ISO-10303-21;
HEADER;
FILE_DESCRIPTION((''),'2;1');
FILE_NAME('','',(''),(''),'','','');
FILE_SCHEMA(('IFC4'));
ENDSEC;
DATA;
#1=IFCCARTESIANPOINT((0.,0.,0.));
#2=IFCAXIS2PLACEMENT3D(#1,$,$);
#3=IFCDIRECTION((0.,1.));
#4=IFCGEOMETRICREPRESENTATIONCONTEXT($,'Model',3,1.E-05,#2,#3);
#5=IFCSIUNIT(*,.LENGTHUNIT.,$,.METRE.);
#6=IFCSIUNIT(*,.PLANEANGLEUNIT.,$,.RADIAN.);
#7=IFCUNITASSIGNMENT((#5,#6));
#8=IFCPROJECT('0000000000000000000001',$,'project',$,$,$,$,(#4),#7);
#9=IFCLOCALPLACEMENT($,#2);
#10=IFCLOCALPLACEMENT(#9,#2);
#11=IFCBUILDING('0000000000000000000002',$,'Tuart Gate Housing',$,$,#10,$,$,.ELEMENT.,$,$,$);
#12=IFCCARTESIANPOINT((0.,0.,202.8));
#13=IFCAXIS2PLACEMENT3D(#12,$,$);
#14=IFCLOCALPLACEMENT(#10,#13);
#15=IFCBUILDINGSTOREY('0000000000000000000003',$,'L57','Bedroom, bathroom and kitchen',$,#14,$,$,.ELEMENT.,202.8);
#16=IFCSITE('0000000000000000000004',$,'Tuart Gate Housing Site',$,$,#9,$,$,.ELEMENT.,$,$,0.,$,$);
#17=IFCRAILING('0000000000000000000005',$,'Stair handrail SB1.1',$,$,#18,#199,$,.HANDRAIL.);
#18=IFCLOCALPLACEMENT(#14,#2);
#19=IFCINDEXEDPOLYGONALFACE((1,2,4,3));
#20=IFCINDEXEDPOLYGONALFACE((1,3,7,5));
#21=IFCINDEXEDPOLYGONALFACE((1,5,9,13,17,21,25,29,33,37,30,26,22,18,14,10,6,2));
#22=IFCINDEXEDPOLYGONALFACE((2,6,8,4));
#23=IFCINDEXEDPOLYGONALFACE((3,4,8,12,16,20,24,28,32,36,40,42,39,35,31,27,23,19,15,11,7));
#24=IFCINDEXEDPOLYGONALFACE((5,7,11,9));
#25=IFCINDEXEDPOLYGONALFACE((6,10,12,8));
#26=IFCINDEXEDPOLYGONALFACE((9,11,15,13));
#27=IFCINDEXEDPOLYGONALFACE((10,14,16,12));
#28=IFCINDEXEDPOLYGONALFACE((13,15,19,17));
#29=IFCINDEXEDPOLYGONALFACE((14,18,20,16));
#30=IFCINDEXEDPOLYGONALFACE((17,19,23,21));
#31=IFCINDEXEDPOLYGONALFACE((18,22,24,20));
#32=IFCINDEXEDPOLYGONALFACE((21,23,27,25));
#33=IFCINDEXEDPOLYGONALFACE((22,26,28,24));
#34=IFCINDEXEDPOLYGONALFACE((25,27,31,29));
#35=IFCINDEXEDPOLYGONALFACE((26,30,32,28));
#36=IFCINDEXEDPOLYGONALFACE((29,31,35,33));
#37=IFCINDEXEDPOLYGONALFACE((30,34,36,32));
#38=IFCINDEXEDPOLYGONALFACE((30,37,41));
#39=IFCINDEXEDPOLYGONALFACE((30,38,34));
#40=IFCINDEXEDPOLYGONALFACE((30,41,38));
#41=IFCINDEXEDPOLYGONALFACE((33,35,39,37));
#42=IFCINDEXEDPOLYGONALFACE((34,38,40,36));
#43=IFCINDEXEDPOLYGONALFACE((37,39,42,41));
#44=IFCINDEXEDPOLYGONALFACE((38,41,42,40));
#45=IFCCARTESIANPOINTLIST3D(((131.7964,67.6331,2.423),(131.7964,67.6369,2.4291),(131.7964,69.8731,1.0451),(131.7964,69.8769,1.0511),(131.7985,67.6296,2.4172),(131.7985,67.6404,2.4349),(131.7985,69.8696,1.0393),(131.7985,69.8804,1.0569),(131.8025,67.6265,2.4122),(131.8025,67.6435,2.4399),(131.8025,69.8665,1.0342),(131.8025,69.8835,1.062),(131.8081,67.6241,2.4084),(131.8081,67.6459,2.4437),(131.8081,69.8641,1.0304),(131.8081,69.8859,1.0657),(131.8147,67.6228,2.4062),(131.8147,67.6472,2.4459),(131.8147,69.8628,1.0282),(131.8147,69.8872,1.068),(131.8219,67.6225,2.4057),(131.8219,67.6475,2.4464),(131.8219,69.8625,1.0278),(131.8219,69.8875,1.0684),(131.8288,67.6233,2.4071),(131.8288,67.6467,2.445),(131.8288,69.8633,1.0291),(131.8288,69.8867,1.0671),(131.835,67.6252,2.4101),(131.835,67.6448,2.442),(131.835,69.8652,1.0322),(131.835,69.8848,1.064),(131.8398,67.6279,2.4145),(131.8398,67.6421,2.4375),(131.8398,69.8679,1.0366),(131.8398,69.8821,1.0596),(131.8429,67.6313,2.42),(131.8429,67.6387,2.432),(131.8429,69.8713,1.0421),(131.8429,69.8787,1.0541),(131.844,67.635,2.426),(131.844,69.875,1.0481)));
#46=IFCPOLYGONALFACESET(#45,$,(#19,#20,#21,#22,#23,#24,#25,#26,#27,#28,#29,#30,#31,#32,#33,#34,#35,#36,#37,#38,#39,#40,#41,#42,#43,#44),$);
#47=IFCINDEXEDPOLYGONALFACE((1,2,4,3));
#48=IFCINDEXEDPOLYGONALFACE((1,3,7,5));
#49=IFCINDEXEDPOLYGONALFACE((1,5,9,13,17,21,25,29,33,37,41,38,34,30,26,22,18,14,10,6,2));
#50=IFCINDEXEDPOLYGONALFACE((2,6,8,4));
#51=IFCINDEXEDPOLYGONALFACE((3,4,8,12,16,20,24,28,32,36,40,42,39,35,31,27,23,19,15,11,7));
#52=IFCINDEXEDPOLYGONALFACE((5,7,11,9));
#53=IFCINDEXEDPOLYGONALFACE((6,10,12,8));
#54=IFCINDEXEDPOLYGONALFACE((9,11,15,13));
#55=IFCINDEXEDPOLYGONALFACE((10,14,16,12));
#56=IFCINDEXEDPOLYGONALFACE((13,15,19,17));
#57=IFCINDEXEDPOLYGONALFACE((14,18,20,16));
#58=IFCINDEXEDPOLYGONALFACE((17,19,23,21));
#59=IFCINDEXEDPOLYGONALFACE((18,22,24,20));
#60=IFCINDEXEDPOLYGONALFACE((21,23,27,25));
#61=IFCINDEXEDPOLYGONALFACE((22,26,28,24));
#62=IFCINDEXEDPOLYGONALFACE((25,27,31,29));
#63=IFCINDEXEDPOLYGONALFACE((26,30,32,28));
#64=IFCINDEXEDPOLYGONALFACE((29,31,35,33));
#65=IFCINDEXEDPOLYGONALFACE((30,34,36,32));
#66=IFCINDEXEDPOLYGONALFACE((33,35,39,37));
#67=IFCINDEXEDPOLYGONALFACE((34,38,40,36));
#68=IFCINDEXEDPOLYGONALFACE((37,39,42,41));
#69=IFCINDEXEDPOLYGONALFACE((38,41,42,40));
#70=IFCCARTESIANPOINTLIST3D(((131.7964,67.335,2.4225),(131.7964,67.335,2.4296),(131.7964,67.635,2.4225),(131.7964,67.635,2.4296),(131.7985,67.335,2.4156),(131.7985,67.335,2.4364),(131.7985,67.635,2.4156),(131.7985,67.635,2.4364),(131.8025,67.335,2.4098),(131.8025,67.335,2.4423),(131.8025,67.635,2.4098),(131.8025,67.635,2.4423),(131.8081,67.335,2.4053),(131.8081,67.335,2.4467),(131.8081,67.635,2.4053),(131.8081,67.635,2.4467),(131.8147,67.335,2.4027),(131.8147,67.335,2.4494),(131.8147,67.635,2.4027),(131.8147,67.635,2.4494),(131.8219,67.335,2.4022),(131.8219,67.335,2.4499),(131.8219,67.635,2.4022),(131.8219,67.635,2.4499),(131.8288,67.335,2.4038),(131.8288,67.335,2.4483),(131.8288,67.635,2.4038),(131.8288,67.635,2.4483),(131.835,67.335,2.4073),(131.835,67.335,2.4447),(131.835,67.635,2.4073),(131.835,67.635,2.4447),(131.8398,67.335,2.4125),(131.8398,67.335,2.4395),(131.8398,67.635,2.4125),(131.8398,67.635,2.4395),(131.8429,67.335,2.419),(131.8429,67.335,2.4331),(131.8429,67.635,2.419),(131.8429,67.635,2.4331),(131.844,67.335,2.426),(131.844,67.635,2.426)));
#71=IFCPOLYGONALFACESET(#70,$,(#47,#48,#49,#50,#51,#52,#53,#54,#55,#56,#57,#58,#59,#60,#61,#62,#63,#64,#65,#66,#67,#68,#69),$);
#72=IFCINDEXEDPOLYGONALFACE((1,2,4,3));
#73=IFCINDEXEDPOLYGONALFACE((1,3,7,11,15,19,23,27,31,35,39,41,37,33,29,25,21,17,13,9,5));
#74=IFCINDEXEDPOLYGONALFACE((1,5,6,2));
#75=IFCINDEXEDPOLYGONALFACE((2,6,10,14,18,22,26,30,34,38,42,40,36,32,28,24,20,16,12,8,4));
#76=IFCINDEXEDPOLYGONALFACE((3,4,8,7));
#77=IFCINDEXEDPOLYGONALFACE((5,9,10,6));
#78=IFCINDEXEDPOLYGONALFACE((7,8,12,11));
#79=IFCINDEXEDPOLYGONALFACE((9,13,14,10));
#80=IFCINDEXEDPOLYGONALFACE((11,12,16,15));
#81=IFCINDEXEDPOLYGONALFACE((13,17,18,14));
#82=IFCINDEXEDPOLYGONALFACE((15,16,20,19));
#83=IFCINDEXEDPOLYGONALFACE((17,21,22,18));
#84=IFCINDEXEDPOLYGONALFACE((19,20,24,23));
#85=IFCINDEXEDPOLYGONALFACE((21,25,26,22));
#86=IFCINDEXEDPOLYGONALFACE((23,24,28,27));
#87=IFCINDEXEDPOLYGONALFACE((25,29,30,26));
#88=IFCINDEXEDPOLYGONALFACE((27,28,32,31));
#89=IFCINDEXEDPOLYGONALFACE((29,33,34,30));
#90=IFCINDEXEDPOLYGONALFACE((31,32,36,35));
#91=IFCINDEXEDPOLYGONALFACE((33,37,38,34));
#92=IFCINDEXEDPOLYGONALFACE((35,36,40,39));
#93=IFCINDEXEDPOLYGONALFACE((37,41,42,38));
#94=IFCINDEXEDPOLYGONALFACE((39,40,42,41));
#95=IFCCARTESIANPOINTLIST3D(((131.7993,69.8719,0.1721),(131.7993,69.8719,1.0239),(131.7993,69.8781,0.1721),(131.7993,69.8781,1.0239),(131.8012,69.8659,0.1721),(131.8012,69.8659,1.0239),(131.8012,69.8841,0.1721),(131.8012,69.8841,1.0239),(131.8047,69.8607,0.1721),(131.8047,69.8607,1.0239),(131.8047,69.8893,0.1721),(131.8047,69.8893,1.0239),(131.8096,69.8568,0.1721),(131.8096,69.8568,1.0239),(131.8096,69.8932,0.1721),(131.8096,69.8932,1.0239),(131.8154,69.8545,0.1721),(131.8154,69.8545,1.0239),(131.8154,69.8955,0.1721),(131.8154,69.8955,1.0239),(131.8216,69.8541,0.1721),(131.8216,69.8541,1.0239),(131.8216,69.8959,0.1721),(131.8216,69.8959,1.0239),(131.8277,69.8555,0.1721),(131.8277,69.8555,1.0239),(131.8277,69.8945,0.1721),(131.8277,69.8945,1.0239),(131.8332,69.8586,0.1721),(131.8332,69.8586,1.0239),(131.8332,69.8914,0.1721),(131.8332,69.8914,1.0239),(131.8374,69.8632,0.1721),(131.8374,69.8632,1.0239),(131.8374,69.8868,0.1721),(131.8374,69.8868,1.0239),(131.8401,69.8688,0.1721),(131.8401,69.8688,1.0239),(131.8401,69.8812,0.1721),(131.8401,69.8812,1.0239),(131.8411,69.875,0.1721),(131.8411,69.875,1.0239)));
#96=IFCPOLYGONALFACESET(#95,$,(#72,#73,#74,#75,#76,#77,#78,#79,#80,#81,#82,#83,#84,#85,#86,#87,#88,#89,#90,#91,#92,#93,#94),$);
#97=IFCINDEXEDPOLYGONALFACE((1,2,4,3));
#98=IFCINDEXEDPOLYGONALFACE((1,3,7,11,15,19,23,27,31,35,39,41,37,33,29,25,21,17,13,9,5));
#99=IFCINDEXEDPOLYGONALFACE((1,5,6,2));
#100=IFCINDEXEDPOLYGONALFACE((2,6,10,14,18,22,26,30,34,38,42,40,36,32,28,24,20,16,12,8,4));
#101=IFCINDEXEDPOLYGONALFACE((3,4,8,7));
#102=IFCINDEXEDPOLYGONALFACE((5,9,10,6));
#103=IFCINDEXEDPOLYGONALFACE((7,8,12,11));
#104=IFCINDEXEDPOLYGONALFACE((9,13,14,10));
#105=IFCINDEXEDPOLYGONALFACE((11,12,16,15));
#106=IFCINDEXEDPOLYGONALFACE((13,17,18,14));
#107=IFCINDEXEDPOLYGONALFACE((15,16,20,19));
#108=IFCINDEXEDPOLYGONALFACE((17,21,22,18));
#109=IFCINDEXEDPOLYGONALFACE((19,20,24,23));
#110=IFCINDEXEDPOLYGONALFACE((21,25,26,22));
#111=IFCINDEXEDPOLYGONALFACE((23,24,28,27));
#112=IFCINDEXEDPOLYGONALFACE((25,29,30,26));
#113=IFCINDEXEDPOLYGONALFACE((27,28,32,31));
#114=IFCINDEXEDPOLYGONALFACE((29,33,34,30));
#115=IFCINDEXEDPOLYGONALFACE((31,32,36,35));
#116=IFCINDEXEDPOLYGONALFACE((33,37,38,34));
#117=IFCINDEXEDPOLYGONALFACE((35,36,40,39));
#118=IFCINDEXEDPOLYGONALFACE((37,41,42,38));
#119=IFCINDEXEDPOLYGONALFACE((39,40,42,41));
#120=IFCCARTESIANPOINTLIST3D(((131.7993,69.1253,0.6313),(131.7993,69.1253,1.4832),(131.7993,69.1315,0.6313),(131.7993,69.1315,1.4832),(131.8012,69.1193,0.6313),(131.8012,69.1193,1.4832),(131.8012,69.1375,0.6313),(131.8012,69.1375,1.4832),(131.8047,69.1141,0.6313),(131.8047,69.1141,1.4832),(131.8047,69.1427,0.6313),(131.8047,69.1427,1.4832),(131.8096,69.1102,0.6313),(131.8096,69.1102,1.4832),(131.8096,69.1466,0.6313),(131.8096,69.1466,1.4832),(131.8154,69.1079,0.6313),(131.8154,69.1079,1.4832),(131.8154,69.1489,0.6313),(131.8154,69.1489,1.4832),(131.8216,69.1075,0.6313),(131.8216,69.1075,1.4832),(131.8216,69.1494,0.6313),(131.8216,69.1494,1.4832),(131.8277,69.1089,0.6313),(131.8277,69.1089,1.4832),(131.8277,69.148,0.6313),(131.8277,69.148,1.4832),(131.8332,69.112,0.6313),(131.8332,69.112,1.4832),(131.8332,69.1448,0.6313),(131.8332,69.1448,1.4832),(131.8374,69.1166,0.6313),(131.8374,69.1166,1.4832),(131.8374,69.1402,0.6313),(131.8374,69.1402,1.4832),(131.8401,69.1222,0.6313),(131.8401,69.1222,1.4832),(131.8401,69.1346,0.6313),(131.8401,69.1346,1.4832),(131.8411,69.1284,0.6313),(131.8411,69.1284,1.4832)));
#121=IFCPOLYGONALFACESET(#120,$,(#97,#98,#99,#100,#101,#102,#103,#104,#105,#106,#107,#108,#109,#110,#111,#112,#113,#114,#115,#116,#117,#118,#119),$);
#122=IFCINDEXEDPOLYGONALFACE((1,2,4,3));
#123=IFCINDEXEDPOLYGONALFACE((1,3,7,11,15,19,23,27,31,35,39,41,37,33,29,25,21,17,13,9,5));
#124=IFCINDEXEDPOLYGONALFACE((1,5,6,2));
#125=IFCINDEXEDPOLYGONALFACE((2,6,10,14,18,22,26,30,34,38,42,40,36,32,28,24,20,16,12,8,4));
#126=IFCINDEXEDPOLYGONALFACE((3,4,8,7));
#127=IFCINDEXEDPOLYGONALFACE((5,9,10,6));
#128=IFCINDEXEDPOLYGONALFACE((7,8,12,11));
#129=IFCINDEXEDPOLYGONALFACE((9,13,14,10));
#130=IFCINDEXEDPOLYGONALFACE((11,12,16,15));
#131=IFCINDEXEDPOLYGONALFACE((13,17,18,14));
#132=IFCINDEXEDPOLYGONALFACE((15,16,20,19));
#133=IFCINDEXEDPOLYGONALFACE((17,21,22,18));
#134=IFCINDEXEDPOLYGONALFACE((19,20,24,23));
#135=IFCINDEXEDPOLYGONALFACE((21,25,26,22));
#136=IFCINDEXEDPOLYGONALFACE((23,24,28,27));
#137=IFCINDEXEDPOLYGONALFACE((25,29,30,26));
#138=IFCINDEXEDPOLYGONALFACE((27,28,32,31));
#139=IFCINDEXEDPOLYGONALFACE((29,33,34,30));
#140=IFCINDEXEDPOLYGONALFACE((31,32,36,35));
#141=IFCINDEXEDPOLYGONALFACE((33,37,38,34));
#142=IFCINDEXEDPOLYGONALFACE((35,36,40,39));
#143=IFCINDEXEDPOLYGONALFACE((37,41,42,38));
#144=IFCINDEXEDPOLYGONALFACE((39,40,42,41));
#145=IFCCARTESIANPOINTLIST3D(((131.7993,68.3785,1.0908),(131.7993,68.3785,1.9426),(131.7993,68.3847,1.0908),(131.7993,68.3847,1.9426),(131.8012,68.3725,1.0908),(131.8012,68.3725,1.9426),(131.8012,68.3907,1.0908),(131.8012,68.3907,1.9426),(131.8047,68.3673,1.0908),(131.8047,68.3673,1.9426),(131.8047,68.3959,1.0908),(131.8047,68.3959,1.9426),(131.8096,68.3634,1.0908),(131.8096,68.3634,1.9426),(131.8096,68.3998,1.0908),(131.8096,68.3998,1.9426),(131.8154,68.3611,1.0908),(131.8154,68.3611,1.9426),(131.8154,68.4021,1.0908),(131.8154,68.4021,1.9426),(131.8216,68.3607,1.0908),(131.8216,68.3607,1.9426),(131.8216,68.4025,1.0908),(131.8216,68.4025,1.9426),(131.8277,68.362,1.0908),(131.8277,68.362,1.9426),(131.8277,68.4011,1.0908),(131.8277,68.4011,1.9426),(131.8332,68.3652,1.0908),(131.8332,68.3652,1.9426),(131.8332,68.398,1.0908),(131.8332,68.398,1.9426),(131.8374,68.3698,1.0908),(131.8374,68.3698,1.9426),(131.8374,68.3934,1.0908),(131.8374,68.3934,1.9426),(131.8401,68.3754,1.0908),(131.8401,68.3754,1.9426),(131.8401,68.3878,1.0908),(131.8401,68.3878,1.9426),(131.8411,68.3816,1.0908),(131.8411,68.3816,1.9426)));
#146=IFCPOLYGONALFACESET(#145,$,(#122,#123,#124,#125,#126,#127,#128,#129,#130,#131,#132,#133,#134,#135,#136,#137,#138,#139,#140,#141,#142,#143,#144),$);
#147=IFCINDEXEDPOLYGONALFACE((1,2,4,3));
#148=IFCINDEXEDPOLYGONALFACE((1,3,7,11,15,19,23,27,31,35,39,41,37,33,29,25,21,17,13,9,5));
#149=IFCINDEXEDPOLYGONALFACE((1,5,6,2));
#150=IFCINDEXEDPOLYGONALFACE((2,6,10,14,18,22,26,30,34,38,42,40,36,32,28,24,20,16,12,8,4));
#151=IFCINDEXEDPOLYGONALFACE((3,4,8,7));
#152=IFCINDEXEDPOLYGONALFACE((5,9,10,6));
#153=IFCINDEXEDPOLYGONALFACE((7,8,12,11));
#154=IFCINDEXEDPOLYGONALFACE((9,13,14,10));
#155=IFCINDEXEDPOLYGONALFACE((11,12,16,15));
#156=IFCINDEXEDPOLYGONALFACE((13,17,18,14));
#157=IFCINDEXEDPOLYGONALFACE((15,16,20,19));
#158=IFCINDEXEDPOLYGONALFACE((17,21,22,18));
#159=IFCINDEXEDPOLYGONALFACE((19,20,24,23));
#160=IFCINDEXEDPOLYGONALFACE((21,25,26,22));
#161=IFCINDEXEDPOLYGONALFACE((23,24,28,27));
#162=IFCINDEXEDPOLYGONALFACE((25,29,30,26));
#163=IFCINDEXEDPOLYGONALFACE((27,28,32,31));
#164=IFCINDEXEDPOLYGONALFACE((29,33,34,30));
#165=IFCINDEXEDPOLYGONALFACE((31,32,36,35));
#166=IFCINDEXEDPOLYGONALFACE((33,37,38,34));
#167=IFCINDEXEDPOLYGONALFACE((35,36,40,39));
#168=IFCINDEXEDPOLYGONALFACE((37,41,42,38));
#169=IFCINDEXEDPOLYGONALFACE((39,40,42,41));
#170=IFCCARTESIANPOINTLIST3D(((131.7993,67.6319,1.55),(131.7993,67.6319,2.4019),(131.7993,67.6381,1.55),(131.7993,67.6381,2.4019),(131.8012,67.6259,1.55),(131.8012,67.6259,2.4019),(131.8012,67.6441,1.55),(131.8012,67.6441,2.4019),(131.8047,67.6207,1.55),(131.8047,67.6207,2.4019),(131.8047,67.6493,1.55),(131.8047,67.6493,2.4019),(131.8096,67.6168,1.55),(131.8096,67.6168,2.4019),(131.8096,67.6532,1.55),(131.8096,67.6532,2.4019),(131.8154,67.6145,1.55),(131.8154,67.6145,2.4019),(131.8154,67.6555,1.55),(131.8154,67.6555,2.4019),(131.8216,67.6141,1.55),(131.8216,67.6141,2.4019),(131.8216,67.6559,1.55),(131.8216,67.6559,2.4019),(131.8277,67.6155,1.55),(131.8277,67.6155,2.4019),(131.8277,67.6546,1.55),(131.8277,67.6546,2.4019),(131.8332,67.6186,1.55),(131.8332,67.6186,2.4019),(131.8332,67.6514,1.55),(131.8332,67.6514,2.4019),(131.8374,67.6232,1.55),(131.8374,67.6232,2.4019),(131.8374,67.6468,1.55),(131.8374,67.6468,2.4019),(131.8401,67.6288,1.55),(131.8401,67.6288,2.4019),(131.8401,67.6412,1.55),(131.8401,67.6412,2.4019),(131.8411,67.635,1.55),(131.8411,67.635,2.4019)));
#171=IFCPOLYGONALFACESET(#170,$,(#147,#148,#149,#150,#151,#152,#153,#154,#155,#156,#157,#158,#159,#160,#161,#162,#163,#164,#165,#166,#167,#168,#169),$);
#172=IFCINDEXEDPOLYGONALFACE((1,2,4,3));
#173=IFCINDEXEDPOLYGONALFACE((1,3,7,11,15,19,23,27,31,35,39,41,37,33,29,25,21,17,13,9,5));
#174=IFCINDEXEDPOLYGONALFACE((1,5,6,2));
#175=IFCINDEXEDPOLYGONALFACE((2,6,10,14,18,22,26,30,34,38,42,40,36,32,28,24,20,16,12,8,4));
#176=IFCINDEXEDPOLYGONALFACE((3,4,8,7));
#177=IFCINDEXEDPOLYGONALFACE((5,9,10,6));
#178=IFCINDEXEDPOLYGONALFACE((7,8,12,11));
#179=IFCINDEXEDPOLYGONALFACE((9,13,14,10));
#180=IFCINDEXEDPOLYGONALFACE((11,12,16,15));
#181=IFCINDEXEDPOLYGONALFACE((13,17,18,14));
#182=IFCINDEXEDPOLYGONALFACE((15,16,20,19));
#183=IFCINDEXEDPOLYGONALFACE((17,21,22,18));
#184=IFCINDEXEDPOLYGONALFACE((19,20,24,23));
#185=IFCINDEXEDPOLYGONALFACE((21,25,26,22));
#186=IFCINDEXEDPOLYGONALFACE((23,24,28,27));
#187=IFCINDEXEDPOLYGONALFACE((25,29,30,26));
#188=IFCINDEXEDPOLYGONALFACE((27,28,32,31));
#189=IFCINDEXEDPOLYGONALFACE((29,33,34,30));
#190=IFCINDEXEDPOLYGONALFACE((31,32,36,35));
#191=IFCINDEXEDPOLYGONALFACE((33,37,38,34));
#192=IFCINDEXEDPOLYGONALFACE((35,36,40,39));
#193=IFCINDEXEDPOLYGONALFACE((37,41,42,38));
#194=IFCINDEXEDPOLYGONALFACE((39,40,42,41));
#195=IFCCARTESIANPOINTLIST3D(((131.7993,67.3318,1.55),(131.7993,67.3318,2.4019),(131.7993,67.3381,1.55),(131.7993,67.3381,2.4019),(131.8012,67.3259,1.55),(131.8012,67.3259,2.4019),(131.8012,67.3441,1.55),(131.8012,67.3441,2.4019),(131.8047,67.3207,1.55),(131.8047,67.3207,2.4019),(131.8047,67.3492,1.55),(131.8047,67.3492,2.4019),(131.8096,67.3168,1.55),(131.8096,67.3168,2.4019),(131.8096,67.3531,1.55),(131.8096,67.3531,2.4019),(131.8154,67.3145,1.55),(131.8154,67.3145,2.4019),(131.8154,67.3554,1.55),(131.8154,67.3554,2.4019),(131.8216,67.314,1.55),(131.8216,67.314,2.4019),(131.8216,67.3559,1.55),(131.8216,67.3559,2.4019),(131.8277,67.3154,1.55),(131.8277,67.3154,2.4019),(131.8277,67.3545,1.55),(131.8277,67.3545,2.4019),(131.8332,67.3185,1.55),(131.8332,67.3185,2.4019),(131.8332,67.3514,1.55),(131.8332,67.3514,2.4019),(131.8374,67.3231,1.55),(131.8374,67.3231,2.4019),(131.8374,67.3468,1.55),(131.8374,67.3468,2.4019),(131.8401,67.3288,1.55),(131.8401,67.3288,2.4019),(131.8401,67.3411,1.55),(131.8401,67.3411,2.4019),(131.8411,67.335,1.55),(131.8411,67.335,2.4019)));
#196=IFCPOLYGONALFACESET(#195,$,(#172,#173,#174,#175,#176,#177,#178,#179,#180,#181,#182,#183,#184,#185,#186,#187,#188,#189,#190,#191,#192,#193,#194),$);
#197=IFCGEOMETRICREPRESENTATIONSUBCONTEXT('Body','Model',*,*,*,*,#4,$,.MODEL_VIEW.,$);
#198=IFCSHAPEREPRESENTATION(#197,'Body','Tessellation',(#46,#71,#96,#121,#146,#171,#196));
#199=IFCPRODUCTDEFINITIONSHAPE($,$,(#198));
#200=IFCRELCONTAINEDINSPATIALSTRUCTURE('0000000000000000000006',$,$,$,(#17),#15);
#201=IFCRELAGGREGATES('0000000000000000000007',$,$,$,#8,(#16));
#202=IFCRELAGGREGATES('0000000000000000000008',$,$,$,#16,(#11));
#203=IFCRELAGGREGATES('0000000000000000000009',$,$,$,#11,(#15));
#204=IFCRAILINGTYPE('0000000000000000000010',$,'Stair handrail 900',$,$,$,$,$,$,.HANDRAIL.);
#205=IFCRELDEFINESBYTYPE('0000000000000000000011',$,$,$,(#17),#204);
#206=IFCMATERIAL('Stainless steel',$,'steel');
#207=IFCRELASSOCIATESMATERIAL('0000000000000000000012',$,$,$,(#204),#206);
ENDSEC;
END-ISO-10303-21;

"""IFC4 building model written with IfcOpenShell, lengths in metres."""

from ifc_helpers import new_model, si_unit, direction, frame, origin, origin_2d, place, context, subcontext, project, spatial, circle, extrude, material, type_object, element, save


model = new_model("IFC4")

# Units and contexts
model_context = context("Model", 3, precision=1e-05, world=origin(), true_north=direction((0.0, 1.0)))
body_context = subcontext(model_context, "Body", "Model", "MODEL_VIEW")
ifc_project = project(units=[si_unit("LENGTHUNIT", "METRE"), si_unit("PLANEANGLEUNIT", "RADIAN")], contexts=[model_context])

# Site, building, storey
site_placement = place(None, origin())
site = spatial("IfcSite", under=ifc_project, at=site_placement, Name="Tuart Gate Housing Site", CompositionType="ELEMENT", RefElevation=0.0)
building_placement = place(site_placement, origin())
building = spatial("IfcBuilding", under=site, at=building_placement, Name="Tuart Gate Housing", CompositionType="ELEMENT")
storey_placement = place(building_placement, frame((0.0, 0.0, 202.8)))
storey = spatial("IfcBuildingStorey", under=building, at=storey_placement, Name="L57", Description="Bedroom, bathroom and kitchen", CompositionType="ELEMENT", Elevation=202.8)

# Railing
ifc_material_1 = material(Name="Stainless steel", Category="steel")
railing_type = type_object("IfcRailingType", Name="Stair handrail 900", PredefinedType="HANDRAIL", material=ifc_material_1)
railing_placement = place(storey_placement, frame((131.8201, 69.875, 0.1721)))
element("IfcRailing", 1, at=railing_placement, inside=storey, type_object=railing_type, Name="Stair handrail SB1.1", PredefinedType="HANDRAIL", context=body_context, shape_type="SweptSolid", body=[
    extrude(circle(Radius=0.0239, at=origin_2d()), frame((0.0, 0.0, 0.876), z_axis=(0.0, -0.851748, 0.523952), x_axis=(1.0, 0.0, 0.0)), (0.0, 0.0, 1.0), 2.6299),
    extrude(circle(Radius=0.0239, at=origin_2d()), frame((0.0, -2.24, 2.2539), z_axis=(0.0, -1.0, 0.0), x_axis=(1.0, 0.0, 0.0)), (0.0, 0.0, 1.0), 0.3),
    extrude(circle(Radius=0.021, at=origin_2d()), origin(), (0.0, 0.0, 1.0), 0.8518),
    extrude(circle(Radius=0.021, at=origin_2d()), frame((0.0, -0.7466, 0.4592)), (0.0, 0.0, 1.0), 0.8518),
    extrude(circle(Radius=0.021, at=origin_2d()), frame((0.0, -1.4934, 0.9187)), (0.0, 0.0, 1.0), 0.8518),
    extrude(circle(Radius=0.021, at=origin_2d()), frame((0.0, -2.24, 1.3779)), (0.0, 0.0, 1.0), 0.8518),
    extrude(circle(Radius=0.021, at=origin_2d()), frame((0.0, -2.54, 1.3779)), (0.0, 0.0, 1.0), 0.8518),
])

save(model, "model.ifc")
